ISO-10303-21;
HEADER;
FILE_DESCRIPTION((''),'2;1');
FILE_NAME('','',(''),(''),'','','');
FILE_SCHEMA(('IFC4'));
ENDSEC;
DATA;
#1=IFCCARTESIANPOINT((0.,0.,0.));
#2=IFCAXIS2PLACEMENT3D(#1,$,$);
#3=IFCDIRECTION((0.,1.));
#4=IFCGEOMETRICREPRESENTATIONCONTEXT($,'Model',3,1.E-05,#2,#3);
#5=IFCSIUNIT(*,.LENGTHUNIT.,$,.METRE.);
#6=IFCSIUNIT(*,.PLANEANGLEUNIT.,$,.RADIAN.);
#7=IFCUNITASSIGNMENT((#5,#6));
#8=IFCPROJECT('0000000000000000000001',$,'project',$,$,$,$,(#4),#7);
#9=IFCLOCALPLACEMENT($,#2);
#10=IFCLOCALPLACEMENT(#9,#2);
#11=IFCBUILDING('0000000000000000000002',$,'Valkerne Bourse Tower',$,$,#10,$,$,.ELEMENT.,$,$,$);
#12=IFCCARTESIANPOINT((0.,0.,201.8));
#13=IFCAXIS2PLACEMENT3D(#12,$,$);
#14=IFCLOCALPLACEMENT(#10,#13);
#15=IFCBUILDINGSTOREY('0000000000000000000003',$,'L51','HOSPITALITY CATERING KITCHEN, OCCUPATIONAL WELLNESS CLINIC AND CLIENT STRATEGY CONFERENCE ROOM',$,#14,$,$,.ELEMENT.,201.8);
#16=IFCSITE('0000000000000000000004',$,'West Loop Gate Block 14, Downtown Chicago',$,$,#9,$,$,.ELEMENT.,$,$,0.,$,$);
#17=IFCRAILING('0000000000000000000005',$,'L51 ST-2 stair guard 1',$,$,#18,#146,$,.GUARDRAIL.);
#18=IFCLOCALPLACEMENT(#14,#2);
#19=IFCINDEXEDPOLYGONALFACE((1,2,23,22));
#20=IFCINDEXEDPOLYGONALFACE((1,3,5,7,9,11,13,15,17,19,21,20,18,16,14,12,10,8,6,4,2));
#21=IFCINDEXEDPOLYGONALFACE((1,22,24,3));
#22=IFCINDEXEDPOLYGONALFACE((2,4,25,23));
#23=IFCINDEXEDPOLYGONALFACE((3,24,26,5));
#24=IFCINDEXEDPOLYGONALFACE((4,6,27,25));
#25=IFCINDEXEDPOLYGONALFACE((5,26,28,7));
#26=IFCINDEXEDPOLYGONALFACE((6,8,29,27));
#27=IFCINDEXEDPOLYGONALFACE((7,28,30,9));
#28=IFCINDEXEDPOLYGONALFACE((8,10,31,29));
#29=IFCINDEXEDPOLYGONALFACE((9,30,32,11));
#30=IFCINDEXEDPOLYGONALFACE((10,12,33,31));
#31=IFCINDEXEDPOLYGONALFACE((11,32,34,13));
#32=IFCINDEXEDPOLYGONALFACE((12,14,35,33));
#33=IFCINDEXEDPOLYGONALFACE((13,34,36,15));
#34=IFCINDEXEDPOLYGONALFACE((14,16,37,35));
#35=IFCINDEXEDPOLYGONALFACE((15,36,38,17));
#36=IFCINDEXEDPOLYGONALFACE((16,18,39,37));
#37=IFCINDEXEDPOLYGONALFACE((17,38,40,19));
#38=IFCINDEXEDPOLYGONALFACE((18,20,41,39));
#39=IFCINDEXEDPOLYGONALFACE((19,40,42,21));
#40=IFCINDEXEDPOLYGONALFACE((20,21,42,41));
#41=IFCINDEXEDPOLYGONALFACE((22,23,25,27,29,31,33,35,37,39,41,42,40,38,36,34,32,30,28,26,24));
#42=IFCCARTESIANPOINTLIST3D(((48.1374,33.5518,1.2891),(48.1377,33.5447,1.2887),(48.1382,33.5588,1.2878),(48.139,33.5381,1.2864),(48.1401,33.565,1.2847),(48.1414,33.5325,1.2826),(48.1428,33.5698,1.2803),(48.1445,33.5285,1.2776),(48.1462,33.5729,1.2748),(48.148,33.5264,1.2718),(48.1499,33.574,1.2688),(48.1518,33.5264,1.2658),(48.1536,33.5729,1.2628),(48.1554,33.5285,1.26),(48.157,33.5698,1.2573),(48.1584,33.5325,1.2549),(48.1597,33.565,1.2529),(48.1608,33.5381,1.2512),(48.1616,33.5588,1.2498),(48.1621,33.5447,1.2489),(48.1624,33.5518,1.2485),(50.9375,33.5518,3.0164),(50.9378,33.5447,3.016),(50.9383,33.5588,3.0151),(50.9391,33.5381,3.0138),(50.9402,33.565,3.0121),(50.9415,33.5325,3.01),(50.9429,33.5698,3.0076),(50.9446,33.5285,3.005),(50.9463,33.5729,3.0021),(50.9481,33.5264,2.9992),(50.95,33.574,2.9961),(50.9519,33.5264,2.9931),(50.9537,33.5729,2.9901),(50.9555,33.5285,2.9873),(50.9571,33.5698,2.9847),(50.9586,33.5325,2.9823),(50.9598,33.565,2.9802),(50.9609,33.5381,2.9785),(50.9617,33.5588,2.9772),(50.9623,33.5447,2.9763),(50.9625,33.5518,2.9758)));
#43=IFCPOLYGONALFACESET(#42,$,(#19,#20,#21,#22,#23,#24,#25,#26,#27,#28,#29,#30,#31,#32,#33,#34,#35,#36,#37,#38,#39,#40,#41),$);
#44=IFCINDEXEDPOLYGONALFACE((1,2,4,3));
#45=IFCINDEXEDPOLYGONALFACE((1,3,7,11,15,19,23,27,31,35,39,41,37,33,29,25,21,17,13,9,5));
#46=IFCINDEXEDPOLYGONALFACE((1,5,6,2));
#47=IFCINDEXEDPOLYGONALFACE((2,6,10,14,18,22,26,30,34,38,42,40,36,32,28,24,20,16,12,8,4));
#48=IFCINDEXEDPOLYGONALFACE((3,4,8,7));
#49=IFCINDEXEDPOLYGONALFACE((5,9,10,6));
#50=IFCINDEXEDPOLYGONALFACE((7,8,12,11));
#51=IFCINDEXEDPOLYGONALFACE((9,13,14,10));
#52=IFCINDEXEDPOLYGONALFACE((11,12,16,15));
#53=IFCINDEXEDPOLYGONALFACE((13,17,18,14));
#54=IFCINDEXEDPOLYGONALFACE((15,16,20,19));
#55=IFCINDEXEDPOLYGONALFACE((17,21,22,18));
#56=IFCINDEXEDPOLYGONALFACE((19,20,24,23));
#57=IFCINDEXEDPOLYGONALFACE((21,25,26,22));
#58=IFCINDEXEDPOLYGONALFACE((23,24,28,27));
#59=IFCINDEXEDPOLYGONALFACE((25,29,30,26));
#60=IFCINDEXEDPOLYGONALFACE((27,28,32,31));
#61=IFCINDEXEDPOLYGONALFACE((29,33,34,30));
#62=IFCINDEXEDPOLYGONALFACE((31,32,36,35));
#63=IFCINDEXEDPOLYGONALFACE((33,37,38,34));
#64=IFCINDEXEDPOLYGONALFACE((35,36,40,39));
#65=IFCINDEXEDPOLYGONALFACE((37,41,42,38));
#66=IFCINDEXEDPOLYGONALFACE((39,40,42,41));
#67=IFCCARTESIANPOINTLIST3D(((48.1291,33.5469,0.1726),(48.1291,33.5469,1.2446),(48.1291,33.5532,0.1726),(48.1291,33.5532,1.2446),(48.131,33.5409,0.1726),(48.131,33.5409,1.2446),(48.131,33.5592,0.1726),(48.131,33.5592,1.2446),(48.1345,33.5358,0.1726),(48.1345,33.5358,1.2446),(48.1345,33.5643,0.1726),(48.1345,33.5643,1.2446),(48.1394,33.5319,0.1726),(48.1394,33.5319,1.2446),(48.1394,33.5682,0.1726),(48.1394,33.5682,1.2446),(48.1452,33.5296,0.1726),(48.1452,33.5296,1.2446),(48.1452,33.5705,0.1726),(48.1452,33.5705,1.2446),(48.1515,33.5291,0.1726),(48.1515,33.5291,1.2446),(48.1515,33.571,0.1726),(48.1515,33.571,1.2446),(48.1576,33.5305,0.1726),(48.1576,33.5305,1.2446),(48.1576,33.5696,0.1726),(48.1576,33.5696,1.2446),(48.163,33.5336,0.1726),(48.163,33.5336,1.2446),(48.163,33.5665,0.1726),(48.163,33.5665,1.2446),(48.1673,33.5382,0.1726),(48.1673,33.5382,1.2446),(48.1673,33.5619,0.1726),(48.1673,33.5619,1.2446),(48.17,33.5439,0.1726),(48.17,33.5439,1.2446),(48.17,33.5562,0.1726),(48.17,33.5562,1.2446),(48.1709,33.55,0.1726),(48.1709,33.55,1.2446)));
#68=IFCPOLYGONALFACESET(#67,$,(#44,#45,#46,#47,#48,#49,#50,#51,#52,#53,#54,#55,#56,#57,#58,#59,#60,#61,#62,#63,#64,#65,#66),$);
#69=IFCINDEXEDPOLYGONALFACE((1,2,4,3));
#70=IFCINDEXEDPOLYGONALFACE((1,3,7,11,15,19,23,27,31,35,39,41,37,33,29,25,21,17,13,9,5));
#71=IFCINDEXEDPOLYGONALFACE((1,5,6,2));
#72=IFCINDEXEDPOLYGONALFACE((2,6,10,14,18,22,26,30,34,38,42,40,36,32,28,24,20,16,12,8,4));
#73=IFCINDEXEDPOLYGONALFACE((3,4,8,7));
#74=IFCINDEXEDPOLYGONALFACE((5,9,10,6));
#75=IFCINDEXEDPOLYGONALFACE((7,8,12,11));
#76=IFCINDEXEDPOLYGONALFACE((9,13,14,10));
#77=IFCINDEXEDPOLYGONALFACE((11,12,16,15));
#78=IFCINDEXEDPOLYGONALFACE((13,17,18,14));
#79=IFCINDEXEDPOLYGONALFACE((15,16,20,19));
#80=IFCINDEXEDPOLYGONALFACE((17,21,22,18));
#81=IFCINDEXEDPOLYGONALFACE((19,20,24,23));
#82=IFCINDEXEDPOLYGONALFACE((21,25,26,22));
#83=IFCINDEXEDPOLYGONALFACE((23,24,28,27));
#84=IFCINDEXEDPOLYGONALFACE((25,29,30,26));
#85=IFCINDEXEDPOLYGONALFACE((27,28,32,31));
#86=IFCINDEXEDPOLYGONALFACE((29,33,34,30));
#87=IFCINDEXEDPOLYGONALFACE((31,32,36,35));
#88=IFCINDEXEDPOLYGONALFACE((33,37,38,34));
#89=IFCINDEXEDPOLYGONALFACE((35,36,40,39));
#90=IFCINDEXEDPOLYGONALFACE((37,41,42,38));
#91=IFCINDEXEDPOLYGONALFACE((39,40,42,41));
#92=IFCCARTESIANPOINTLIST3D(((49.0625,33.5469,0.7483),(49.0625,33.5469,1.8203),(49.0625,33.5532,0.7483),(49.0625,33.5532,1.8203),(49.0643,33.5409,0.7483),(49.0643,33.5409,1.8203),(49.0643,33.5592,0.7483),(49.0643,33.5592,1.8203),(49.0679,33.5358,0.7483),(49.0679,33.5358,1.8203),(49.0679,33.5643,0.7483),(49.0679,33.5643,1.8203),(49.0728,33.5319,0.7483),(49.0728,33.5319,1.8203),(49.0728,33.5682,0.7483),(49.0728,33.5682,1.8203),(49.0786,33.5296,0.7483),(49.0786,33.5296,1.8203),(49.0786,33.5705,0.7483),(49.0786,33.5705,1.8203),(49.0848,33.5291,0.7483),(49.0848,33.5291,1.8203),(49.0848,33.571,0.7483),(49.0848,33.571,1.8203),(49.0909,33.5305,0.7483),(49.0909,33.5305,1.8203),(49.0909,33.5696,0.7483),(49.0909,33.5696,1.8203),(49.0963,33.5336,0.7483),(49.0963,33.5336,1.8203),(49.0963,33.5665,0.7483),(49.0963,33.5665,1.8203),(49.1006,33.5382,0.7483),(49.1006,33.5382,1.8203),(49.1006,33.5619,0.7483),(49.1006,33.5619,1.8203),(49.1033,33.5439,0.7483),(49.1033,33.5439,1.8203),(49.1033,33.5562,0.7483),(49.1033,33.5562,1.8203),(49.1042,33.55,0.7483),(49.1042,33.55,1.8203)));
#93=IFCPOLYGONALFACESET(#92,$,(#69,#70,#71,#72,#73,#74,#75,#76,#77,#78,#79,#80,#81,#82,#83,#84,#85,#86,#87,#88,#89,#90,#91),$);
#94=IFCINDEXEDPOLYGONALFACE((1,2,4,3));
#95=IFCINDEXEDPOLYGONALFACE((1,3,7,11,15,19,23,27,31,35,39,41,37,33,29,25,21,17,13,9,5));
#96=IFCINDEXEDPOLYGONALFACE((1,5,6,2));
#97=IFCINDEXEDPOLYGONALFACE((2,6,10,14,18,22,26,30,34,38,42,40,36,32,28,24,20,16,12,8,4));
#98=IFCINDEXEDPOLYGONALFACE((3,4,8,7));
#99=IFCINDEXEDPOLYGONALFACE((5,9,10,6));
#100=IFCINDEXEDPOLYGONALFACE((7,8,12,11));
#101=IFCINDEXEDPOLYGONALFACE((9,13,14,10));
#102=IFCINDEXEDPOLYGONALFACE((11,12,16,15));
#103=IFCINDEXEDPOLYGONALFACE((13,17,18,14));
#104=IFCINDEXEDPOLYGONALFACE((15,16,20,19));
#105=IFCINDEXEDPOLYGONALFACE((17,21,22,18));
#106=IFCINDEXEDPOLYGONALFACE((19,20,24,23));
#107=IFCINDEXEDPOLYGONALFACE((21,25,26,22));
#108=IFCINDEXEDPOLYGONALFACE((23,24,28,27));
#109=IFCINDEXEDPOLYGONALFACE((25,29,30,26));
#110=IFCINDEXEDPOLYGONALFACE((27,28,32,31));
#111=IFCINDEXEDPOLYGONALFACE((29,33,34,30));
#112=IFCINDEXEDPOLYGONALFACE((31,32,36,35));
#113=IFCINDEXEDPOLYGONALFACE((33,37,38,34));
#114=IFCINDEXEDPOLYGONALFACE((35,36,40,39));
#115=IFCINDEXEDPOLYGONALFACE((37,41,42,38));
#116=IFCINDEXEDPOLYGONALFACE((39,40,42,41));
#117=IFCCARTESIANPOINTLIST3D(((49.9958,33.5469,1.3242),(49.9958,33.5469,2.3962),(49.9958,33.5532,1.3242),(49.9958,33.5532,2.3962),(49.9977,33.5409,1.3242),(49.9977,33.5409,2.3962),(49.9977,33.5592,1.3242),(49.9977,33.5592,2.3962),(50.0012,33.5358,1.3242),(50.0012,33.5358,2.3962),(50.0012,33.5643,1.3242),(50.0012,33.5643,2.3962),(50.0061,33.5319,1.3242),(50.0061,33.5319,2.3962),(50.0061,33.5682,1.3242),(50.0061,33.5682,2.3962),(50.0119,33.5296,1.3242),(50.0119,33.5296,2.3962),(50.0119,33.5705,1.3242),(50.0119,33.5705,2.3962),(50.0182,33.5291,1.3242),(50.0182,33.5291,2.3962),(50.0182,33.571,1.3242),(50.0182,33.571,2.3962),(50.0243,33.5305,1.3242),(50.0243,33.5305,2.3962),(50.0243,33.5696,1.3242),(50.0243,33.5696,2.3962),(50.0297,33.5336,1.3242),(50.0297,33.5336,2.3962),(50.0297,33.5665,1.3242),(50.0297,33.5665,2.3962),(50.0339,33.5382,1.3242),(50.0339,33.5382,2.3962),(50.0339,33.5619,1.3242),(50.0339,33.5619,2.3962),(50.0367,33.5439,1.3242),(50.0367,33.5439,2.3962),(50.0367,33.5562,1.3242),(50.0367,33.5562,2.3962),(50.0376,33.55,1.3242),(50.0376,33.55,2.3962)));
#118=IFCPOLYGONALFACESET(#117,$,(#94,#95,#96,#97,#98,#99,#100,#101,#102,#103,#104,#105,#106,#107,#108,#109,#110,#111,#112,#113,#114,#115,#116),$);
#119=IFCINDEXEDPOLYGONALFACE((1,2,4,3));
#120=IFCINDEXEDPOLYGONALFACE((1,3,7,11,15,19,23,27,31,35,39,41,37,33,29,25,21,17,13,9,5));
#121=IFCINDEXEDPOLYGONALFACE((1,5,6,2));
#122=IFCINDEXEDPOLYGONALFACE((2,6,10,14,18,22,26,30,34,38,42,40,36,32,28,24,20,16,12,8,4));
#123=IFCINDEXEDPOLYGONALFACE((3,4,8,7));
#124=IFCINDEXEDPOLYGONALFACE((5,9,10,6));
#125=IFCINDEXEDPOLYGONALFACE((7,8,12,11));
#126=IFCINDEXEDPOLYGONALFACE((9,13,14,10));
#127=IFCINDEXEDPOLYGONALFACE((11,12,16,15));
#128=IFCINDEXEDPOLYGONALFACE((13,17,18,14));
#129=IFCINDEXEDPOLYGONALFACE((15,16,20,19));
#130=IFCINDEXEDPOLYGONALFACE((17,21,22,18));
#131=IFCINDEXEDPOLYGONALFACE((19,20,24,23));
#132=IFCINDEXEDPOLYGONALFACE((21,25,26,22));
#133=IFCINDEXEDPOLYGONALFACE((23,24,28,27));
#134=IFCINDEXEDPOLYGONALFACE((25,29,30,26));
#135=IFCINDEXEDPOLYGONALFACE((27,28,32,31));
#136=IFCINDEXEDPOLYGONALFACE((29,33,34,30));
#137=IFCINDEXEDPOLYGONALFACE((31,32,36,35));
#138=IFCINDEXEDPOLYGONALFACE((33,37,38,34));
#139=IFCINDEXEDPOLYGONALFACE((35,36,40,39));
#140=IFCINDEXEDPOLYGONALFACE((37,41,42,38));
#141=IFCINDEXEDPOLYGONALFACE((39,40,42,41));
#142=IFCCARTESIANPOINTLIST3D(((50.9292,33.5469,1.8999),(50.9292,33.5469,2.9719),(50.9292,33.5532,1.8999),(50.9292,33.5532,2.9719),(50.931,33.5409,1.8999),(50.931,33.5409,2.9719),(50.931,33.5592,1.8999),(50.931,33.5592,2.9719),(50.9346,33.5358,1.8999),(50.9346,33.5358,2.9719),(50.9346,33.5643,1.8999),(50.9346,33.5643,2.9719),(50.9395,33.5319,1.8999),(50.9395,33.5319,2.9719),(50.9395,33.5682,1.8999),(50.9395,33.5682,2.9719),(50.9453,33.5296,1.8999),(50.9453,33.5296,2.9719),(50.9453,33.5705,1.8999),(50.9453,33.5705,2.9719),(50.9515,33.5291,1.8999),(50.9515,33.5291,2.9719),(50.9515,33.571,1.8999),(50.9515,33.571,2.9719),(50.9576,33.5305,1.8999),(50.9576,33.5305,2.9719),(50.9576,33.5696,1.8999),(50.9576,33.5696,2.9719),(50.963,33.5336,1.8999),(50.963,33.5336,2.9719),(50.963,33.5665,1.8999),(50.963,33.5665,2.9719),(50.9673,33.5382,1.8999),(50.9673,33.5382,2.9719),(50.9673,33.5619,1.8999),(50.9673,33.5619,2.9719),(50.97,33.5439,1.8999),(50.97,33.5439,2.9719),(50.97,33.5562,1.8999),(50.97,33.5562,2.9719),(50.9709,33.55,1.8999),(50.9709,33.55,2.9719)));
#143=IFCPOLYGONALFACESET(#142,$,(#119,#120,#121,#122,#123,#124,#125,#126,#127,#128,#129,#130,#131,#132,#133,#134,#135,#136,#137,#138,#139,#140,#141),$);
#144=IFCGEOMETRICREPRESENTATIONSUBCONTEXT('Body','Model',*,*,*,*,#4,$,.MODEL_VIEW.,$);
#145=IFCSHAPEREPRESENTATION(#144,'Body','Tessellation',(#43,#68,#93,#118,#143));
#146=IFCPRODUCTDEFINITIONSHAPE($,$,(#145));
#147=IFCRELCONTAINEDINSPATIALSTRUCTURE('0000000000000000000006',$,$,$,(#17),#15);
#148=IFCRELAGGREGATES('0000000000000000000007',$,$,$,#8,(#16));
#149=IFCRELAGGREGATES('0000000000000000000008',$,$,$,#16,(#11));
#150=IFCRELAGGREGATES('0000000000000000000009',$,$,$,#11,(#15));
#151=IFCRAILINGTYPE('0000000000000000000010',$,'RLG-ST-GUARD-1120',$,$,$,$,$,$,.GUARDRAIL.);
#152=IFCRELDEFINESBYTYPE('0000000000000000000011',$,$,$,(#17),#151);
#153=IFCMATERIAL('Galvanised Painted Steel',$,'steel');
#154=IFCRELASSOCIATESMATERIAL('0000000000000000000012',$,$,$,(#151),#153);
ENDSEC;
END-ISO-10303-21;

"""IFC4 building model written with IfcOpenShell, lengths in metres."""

from ifc_helpers import new_model, si_unit, direction, frame, origin, origin_2d, place, context, subcontext, project, spatial, circle, extrude, material, type_object, element, save


model = new_model("IFC4")

# Units and contexts
model_context = context("Model", 3, precision=1e-05, world=origin(), true_north=direction((0.0, 1.0)))
body_context = subcontext(model_context, "Body", "Model", "MODEL_VIEW")
ifc_project = project(units=[si_unit("LENGTHUNIT", "METRE"), si_unit("PLANEANGLEUNIT", "RADIAN")], contexts=[model_context])

# Site, building, storey
site_placement = place(None, origin())
site = spatial("IfcSite", under=ifc_project, at=site_placement, Name="West Loop Gate Block 14, Downtown Chicago", CompositionType="ELEMENT", RefElevation=0.0)
building_placement = place(site_placement, origin())
building = spatial("IfcBuilding", under=site, at=building_placement, Name="Valkerne Bourse Tower", CompositionType="ELEMENT")
storey_placement = place(building_placement, frame((0.0, 0.0, 201.8)))
storey = spatial("IfcBuildingStorey", under=building, at=storey_placement, Name="L51", Description="HOSPITALITY CATERING KITCHEN, OCCUPATIONAL WELLNESS CLINIC AND CLIENT STRATEGY CONFERENCE ROOM", CompositionType="ELEMENT", Elevation=201.8)

# Shared definitions
ifc_material_1 = material(Name="Galvanised Painted Steel", Category="steel")

# Railing
railing_type_1 = type_object("IfcRailingType", Name="RLG-ST-GUARD-1120", PredefinedType="GUARDRAIL", material=ifc_material_1)
railing_1_placement = place(storey_placement, frame((48.1499, 33.55, 0.1726)))
element("IfcRailing", 1, at=railing_1_placement, inside=storey, type_object=railing_type_1, Name="L51 ST-2 stair guard 1", PredefinedType="GUARDRAIL", context=body_context, shape_type="SweptSolid", body=[
    extrude(circle(Radius=0.0239, at=origin_2d()), frame((0.0, 0.0, 1.0962), z_axis=(0.85109, 0.0, 0.52502), x_axis=(0.0, 1.0, 0.0)), (0.0, 0.0, 1.0), 3.29),
    extrude(circle(Radius=0.021, at=origin_2d()), origin(), (0.0, 0.0, 1.0), 1.072),
    extrude(circle(Radius=0.021, at=origin_2d()), frame((0.9333, 0.0, 0.5757)), (0.0, 0.0, 1.0), 1.072),
    extrude(circle(Radius=0.021, at=origin_2d()), frame((1.8667, 0.0, 1.1516)), (0.0, 0.0, 1.0), 1.072),
    extrude(circle(Radius=0.021, at=origin_2d()), frame((2.8, 0.0, 1.7273)), (0.0, 0.0, 1.0), 1.072),
])

save(model, "model.ifc")
